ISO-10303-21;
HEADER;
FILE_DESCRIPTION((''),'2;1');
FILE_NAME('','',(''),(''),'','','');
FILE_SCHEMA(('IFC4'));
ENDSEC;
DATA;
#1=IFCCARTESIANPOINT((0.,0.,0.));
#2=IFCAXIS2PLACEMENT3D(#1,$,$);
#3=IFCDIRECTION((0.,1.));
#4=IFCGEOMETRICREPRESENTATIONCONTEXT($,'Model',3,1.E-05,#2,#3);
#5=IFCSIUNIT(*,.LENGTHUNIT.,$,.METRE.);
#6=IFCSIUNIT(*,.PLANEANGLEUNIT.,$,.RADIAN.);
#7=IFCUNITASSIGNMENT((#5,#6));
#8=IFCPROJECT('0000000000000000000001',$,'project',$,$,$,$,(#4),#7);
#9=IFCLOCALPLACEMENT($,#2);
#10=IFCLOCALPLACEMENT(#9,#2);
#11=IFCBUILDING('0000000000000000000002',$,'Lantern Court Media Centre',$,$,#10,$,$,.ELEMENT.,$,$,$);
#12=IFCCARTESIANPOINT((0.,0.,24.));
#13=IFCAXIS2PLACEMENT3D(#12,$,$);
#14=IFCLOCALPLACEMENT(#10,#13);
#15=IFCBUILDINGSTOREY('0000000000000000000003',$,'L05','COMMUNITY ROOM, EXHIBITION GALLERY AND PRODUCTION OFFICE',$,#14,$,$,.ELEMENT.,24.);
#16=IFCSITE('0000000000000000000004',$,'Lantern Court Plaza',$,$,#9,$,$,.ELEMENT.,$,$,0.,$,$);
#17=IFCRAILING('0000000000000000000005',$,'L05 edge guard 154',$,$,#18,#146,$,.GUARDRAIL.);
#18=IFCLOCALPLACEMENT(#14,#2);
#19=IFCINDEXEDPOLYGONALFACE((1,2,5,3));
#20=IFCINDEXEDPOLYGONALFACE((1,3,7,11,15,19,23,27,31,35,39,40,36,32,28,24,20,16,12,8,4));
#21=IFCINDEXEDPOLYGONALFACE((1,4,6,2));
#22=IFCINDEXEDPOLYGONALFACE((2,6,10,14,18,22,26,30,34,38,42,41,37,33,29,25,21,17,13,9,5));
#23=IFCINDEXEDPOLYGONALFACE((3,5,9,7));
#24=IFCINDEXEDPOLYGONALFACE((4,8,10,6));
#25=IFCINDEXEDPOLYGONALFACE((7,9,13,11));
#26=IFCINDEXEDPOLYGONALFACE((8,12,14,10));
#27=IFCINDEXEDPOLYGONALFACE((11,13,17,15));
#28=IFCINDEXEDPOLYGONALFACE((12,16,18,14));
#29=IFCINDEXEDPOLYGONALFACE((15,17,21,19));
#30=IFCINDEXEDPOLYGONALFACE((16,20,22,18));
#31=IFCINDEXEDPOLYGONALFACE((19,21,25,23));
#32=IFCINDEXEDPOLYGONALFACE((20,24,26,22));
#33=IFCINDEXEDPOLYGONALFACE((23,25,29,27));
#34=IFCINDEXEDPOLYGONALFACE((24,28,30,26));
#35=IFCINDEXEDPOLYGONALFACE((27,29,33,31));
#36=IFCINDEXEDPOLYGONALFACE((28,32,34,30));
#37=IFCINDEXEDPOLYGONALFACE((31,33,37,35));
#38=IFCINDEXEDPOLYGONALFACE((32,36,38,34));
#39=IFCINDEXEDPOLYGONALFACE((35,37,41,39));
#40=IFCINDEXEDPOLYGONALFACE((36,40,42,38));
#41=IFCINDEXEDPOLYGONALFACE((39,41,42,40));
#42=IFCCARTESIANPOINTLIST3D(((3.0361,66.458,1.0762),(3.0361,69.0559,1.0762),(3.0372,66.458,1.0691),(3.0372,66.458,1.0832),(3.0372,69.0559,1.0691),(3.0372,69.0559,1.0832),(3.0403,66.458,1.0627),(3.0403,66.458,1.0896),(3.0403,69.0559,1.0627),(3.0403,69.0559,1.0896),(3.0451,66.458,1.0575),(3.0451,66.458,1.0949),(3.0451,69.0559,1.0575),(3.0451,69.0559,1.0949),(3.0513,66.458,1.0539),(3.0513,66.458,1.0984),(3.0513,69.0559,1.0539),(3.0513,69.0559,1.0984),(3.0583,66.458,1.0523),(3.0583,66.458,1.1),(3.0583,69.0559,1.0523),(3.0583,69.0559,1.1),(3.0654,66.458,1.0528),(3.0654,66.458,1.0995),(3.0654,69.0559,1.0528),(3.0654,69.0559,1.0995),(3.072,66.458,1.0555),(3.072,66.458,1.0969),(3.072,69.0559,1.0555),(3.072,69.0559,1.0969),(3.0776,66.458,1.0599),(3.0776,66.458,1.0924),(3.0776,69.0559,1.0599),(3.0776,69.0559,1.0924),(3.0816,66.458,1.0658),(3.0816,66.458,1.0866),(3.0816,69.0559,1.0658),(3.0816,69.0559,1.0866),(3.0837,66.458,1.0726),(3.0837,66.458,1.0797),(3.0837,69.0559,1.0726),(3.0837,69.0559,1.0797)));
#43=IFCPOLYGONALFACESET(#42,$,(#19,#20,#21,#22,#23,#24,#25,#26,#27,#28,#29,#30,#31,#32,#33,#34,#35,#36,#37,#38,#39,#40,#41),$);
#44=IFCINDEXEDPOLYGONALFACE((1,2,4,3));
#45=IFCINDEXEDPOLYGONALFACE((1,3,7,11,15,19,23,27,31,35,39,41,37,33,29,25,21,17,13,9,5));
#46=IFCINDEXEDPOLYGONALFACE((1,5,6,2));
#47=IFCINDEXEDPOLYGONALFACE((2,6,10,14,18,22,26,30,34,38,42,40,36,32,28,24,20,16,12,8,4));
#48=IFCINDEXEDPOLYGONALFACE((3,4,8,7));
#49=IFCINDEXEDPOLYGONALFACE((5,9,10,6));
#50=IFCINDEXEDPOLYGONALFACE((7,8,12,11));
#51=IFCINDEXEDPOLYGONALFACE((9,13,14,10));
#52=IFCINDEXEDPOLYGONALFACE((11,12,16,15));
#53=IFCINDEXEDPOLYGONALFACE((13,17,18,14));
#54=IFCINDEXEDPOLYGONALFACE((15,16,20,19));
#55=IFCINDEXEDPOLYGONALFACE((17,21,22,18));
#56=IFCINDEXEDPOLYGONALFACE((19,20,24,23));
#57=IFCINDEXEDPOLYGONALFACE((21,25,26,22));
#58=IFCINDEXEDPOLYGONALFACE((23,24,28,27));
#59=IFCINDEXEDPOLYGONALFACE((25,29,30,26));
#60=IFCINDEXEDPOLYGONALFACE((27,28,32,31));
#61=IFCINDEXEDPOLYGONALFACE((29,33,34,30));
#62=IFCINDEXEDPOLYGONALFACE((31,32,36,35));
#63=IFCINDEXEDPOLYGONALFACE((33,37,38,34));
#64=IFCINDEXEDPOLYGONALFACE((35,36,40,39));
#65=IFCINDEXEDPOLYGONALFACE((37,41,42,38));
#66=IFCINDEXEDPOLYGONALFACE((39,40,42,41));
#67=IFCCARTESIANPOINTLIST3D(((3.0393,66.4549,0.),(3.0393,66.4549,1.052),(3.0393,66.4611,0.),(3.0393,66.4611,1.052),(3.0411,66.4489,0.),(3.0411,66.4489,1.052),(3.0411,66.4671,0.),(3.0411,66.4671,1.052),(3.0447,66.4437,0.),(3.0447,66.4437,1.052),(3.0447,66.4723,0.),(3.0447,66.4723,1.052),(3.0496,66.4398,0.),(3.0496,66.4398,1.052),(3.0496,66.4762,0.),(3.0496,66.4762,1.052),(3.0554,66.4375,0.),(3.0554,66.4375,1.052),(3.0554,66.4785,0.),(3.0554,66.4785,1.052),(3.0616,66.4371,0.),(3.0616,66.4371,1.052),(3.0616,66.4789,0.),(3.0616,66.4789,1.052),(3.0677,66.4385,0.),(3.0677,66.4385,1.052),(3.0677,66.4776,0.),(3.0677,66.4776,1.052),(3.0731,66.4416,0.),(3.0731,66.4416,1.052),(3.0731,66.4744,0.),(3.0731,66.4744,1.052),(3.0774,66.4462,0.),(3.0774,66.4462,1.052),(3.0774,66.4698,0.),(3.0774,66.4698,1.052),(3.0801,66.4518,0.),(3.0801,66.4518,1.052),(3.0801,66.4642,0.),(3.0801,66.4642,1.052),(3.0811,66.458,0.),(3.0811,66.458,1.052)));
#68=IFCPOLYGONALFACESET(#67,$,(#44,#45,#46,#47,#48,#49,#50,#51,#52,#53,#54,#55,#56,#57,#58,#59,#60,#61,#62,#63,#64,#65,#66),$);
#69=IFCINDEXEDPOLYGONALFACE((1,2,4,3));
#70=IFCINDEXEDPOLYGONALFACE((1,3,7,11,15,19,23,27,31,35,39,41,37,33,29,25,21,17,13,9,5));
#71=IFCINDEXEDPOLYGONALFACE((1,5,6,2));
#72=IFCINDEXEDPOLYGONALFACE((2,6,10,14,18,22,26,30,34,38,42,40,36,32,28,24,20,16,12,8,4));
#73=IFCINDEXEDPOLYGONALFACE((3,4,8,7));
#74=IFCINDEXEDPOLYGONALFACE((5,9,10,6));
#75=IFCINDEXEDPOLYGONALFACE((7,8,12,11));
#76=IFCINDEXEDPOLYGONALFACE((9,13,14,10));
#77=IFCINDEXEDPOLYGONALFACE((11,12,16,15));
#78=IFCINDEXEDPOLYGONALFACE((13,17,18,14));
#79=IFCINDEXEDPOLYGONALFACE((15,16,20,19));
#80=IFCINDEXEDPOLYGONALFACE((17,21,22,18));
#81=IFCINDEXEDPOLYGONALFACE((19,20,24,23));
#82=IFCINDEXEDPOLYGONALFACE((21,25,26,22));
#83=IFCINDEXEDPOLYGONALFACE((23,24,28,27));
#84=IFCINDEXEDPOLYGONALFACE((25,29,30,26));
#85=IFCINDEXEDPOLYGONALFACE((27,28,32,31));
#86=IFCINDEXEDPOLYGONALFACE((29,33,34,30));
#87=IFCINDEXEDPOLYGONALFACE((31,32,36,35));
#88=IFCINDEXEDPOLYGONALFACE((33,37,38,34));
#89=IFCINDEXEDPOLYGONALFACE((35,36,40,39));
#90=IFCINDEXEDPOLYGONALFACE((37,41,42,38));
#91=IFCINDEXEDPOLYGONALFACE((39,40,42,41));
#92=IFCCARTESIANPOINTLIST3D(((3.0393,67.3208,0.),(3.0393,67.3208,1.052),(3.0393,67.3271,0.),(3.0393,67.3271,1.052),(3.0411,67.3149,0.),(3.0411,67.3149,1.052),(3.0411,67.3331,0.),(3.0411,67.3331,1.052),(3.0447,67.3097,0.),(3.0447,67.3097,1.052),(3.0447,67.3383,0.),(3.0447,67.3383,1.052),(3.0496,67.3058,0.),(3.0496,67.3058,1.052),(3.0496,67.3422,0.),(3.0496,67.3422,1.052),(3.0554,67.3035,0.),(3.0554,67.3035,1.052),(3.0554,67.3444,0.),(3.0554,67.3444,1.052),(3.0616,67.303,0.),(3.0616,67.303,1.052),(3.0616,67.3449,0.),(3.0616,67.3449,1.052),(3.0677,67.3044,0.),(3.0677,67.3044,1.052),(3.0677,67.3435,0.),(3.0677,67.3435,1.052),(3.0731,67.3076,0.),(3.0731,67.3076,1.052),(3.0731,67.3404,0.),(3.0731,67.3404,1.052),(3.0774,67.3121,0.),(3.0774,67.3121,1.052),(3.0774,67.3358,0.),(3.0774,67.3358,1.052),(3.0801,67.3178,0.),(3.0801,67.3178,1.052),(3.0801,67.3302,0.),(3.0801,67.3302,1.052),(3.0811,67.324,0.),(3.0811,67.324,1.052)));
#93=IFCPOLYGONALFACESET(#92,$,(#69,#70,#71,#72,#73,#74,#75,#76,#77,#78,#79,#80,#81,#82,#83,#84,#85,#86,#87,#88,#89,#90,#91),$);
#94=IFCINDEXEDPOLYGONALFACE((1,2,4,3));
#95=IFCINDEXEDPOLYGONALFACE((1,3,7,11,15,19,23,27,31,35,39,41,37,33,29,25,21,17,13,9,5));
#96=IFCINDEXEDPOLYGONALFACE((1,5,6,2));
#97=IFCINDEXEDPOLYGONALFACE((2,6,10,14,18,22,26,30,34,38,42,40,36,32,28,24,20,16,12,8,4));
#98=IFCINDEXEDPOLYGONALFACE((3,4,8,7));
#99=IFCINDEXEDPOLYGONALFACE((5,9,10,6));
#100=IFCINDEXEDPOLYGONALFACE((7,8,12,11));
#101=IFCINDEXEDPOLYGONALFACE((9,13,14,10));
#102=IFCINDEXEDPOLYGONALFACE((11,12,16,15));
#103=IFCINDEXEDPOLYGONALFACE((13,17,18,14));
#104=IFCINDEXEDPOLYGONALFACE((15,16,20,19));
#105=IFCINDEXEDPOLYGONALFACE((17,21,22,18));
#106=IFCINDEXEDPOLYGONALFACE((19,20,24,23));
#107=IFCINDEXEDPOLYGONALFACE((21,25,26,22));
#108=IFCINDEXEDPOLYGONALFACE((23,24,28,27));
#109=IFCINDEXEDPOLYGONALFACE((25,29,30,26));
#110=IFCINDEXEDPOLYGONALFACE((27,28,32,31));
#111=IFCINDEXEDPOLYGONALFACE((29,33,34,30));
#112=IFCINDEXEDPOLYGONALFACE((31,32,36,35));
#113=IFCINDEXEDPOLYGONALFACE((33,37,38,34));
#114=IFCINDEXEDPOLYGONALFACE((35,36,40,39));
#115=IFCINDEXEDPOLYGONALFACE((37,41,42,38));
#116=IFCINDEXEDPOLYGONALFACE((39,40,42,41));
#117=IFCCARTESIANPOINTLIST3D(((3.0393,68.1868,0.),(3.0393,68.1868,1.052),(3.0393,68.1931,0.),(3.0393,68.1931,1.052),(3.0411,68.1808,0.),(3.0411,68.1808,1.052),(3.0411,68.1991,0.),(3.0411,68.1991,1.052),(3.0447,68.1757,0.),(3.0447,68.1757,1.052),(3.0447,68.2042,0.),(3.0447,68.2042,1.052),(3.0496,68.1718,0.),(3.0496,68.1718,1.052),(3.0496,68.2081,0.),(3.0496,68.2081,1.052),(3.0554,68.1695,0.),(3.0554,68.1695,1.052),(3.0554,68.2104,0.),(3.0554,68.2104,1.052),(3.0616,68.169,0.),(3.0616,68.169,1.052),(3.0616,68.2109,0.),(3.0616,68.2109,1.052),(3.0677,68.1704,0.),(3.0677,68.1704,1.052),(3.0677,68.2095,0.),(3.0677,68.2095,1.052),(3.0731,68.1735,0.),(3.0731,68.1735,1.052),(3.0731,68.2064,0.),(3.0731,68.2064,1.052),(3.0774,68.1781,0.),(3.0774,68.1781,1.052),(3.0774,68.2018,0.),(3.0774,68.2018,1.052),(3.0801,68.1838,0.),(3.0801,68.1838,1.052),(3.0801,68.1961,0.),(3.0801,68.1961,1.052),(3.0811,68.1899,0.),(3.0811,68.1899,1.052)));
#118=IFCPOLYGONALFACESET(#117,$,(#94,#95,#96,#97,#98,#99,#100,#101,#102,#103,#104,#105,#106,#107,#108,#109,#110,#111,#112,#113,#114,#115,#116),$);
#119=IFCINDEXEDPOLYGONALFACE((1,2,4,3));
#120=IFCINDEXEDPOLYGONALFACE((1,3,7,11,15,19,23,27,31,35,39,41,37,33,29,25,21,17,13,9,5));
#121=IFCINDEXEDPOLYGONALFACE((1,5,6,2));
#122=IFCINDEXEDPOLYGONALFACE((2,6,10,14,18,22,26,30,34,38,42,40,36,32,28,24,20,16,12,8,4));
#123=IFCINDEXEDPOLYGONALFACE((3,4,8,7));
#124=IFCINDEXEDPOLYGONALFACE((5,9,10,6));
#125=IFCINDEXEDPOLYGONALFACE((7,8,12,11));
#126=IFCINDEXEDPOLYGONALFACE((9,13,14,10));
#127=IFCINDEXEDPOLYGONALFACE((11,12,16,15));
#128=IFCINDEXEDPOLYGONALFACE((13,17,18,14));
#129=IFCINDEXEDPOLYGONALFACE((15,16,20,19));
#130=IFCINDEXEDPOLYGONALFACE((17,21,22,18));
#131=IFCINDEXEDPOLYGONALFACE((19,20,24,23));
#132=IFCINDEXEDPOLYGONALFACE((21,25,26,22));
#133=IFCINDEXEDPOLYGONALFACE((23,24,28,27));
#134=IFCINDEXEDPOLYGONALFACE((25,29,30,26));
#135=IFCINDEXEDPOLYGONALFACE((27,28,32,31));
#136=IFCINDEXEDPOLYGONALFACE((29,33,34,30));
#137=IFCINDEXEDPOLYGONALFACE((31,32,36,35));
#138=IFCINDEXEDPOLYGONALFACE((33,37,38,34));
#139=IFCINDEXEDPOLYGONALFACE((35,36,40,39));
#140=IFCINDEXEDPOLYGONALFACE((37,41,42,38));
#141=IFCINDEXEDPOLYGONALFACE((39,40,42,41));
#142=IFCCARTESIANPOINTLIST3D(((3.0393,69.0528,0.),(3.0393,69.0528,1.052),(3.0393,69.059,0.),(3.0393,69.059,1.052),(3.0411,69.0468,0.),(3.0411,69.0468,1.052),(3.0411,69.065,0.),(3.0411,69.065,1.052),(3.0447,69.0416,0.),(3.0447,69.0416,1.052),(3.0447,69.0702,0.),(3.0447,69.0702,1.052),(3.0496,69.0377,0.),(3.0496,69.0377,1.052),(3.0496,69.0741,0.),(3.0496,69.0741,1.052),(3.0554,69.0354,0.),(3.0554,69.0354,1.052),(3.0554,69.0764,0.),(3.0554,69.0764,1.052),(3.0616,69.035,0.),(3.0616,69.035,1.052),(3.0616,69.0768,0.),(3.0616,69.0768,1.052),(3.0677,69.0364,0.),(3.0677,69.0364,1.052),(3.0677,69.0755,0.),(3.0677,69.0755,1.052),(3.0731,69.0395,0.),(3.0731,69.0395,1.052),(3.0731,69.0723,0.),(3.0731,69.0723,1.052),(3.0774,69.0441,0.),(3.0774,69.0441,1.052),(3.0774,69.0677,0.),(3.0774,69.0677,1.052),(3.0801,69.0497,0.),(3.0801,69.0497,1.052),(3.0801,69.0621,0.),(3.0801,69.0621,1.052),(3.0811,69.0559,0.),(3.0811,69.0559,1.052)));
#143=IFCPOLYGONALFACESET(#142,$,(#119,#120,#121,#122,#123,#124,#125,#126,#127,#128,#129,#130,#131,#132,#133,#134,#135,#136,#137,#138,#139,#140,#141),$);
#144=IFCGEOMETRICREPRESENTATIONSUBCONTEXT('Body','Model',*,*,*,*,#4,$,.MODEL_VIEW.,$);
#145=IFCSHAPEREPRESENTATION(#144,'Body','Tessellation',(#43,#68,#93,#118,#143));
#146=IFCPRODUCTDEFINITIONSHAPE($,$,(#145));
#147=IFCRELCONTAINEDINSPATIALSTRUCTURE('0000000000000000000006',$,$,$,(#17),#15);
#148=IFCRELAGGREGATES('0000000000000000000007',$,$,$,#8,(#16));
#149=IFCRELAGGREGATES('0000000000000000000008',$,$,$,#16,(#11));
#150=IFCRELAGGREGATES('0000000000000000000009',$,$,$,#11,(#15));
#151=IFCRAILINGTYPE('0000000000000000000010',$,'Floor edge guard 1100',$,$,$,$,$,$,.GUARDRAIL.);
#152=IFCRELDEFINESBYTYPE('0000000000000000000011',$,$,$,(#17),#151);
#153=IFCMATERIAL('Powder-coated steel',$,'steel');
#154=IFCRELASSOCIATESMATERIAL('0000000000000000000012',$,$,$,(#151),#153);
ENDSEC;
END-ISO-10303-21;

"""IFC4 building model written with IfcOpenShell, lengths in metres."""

from ifc_helpers import new_model, si_unit, direction, frame, origin, origin_2d, place, context, subcontext, project, spatial, circle, extrude, material, type_object, element, save


model = new_model("IFC4")

# Units and contexts
model_context = context("Model", 3, precision=1e-05, world=origin(), true_north=direction((0.0, 1.0)))
body_context = subcontext(model_context, "Body", "Model", "MODEL_VIEW")
ifc_project = project(units=[si_unit("LENGTHUNIT", "METRE"), si_unit("PLANEANGLEUNIT", "RADIAN")], contexts=[model_context])

# Site, building, storey
site_placement = place(None, origin())
site = spatial("IfcSite", under=ifc_project, at=site_placement, Name="Lantern Court Plaza", CompositionType="ELEMENT", RefElevation=0.0)
building_placement = place(site_placement, origin())
building = spatial("IfcBuilding", under=site, at=building_placement, Name="Lantern Court Media Centre", CompositionType="ELEMENT")
storey_placement = place(building_placement, frame((0.0, 0.0, 24.0)))
storey = spatial("IfcBuildingStorey", under=building, at=storey_placement, Name="L05", Description="COMMUNITY ROOM, EXHIBITION GALLERY AND PRODUCTION OFFICE", CompositionType="ELEMENT", Elevation=24.0)

# Railing
ifc_material_1 = material(Name="Powder-coated steel", Category="steel")
railing_type = type_object("IfcRailingType", Name="Floor edge guard 1100", PredefinedType="GUARDRAIL", material=ifc_material_1)
railing_1_placement = place(storey_placement, frame((3.0601, 66.458, 0.0)))
element("IfcRailing", 1, at=railing_1_placement, inside=storey, type_object=railing_type, Name="L05 edge guard 154", PredefinedType="GUARDRAIL", context=body_context, shape_type="SweptSolid", body=[
    extrude(circle(Radius=0.0239, at=origin_2d()), frame((0.0, 0.0, 1.0762), z_axis=(0.0, 1.0, 0.0), x_axis=(-1.0, 0.0, 0.0)), (0.0, 0.0, 1.0), 2.5979),
    extrude(circle(Radius=0.021, at=origin_2d()), origin(), (0.0, 0.0, 1.0), 1.052),
    extrude(circle(Radius=0.021, at=origin_2d()), frame((0.0, 0.866, 0.0)), (0.0, 0.0, 1.0), 1.052),
    extrude(circle(Radius=0.021, at=origin_2d()), frame((0.0, 1.7319, 0.0)), (0.0, 0.0, 1.0), 1.052),
    extrude(circle(Radius=0.021, at=origin_2d()), frame((0.0, 2.5979, 0.0)), (0.0, 0.0, 1.0), 1.052),
])

save(model, "model.ifc")
